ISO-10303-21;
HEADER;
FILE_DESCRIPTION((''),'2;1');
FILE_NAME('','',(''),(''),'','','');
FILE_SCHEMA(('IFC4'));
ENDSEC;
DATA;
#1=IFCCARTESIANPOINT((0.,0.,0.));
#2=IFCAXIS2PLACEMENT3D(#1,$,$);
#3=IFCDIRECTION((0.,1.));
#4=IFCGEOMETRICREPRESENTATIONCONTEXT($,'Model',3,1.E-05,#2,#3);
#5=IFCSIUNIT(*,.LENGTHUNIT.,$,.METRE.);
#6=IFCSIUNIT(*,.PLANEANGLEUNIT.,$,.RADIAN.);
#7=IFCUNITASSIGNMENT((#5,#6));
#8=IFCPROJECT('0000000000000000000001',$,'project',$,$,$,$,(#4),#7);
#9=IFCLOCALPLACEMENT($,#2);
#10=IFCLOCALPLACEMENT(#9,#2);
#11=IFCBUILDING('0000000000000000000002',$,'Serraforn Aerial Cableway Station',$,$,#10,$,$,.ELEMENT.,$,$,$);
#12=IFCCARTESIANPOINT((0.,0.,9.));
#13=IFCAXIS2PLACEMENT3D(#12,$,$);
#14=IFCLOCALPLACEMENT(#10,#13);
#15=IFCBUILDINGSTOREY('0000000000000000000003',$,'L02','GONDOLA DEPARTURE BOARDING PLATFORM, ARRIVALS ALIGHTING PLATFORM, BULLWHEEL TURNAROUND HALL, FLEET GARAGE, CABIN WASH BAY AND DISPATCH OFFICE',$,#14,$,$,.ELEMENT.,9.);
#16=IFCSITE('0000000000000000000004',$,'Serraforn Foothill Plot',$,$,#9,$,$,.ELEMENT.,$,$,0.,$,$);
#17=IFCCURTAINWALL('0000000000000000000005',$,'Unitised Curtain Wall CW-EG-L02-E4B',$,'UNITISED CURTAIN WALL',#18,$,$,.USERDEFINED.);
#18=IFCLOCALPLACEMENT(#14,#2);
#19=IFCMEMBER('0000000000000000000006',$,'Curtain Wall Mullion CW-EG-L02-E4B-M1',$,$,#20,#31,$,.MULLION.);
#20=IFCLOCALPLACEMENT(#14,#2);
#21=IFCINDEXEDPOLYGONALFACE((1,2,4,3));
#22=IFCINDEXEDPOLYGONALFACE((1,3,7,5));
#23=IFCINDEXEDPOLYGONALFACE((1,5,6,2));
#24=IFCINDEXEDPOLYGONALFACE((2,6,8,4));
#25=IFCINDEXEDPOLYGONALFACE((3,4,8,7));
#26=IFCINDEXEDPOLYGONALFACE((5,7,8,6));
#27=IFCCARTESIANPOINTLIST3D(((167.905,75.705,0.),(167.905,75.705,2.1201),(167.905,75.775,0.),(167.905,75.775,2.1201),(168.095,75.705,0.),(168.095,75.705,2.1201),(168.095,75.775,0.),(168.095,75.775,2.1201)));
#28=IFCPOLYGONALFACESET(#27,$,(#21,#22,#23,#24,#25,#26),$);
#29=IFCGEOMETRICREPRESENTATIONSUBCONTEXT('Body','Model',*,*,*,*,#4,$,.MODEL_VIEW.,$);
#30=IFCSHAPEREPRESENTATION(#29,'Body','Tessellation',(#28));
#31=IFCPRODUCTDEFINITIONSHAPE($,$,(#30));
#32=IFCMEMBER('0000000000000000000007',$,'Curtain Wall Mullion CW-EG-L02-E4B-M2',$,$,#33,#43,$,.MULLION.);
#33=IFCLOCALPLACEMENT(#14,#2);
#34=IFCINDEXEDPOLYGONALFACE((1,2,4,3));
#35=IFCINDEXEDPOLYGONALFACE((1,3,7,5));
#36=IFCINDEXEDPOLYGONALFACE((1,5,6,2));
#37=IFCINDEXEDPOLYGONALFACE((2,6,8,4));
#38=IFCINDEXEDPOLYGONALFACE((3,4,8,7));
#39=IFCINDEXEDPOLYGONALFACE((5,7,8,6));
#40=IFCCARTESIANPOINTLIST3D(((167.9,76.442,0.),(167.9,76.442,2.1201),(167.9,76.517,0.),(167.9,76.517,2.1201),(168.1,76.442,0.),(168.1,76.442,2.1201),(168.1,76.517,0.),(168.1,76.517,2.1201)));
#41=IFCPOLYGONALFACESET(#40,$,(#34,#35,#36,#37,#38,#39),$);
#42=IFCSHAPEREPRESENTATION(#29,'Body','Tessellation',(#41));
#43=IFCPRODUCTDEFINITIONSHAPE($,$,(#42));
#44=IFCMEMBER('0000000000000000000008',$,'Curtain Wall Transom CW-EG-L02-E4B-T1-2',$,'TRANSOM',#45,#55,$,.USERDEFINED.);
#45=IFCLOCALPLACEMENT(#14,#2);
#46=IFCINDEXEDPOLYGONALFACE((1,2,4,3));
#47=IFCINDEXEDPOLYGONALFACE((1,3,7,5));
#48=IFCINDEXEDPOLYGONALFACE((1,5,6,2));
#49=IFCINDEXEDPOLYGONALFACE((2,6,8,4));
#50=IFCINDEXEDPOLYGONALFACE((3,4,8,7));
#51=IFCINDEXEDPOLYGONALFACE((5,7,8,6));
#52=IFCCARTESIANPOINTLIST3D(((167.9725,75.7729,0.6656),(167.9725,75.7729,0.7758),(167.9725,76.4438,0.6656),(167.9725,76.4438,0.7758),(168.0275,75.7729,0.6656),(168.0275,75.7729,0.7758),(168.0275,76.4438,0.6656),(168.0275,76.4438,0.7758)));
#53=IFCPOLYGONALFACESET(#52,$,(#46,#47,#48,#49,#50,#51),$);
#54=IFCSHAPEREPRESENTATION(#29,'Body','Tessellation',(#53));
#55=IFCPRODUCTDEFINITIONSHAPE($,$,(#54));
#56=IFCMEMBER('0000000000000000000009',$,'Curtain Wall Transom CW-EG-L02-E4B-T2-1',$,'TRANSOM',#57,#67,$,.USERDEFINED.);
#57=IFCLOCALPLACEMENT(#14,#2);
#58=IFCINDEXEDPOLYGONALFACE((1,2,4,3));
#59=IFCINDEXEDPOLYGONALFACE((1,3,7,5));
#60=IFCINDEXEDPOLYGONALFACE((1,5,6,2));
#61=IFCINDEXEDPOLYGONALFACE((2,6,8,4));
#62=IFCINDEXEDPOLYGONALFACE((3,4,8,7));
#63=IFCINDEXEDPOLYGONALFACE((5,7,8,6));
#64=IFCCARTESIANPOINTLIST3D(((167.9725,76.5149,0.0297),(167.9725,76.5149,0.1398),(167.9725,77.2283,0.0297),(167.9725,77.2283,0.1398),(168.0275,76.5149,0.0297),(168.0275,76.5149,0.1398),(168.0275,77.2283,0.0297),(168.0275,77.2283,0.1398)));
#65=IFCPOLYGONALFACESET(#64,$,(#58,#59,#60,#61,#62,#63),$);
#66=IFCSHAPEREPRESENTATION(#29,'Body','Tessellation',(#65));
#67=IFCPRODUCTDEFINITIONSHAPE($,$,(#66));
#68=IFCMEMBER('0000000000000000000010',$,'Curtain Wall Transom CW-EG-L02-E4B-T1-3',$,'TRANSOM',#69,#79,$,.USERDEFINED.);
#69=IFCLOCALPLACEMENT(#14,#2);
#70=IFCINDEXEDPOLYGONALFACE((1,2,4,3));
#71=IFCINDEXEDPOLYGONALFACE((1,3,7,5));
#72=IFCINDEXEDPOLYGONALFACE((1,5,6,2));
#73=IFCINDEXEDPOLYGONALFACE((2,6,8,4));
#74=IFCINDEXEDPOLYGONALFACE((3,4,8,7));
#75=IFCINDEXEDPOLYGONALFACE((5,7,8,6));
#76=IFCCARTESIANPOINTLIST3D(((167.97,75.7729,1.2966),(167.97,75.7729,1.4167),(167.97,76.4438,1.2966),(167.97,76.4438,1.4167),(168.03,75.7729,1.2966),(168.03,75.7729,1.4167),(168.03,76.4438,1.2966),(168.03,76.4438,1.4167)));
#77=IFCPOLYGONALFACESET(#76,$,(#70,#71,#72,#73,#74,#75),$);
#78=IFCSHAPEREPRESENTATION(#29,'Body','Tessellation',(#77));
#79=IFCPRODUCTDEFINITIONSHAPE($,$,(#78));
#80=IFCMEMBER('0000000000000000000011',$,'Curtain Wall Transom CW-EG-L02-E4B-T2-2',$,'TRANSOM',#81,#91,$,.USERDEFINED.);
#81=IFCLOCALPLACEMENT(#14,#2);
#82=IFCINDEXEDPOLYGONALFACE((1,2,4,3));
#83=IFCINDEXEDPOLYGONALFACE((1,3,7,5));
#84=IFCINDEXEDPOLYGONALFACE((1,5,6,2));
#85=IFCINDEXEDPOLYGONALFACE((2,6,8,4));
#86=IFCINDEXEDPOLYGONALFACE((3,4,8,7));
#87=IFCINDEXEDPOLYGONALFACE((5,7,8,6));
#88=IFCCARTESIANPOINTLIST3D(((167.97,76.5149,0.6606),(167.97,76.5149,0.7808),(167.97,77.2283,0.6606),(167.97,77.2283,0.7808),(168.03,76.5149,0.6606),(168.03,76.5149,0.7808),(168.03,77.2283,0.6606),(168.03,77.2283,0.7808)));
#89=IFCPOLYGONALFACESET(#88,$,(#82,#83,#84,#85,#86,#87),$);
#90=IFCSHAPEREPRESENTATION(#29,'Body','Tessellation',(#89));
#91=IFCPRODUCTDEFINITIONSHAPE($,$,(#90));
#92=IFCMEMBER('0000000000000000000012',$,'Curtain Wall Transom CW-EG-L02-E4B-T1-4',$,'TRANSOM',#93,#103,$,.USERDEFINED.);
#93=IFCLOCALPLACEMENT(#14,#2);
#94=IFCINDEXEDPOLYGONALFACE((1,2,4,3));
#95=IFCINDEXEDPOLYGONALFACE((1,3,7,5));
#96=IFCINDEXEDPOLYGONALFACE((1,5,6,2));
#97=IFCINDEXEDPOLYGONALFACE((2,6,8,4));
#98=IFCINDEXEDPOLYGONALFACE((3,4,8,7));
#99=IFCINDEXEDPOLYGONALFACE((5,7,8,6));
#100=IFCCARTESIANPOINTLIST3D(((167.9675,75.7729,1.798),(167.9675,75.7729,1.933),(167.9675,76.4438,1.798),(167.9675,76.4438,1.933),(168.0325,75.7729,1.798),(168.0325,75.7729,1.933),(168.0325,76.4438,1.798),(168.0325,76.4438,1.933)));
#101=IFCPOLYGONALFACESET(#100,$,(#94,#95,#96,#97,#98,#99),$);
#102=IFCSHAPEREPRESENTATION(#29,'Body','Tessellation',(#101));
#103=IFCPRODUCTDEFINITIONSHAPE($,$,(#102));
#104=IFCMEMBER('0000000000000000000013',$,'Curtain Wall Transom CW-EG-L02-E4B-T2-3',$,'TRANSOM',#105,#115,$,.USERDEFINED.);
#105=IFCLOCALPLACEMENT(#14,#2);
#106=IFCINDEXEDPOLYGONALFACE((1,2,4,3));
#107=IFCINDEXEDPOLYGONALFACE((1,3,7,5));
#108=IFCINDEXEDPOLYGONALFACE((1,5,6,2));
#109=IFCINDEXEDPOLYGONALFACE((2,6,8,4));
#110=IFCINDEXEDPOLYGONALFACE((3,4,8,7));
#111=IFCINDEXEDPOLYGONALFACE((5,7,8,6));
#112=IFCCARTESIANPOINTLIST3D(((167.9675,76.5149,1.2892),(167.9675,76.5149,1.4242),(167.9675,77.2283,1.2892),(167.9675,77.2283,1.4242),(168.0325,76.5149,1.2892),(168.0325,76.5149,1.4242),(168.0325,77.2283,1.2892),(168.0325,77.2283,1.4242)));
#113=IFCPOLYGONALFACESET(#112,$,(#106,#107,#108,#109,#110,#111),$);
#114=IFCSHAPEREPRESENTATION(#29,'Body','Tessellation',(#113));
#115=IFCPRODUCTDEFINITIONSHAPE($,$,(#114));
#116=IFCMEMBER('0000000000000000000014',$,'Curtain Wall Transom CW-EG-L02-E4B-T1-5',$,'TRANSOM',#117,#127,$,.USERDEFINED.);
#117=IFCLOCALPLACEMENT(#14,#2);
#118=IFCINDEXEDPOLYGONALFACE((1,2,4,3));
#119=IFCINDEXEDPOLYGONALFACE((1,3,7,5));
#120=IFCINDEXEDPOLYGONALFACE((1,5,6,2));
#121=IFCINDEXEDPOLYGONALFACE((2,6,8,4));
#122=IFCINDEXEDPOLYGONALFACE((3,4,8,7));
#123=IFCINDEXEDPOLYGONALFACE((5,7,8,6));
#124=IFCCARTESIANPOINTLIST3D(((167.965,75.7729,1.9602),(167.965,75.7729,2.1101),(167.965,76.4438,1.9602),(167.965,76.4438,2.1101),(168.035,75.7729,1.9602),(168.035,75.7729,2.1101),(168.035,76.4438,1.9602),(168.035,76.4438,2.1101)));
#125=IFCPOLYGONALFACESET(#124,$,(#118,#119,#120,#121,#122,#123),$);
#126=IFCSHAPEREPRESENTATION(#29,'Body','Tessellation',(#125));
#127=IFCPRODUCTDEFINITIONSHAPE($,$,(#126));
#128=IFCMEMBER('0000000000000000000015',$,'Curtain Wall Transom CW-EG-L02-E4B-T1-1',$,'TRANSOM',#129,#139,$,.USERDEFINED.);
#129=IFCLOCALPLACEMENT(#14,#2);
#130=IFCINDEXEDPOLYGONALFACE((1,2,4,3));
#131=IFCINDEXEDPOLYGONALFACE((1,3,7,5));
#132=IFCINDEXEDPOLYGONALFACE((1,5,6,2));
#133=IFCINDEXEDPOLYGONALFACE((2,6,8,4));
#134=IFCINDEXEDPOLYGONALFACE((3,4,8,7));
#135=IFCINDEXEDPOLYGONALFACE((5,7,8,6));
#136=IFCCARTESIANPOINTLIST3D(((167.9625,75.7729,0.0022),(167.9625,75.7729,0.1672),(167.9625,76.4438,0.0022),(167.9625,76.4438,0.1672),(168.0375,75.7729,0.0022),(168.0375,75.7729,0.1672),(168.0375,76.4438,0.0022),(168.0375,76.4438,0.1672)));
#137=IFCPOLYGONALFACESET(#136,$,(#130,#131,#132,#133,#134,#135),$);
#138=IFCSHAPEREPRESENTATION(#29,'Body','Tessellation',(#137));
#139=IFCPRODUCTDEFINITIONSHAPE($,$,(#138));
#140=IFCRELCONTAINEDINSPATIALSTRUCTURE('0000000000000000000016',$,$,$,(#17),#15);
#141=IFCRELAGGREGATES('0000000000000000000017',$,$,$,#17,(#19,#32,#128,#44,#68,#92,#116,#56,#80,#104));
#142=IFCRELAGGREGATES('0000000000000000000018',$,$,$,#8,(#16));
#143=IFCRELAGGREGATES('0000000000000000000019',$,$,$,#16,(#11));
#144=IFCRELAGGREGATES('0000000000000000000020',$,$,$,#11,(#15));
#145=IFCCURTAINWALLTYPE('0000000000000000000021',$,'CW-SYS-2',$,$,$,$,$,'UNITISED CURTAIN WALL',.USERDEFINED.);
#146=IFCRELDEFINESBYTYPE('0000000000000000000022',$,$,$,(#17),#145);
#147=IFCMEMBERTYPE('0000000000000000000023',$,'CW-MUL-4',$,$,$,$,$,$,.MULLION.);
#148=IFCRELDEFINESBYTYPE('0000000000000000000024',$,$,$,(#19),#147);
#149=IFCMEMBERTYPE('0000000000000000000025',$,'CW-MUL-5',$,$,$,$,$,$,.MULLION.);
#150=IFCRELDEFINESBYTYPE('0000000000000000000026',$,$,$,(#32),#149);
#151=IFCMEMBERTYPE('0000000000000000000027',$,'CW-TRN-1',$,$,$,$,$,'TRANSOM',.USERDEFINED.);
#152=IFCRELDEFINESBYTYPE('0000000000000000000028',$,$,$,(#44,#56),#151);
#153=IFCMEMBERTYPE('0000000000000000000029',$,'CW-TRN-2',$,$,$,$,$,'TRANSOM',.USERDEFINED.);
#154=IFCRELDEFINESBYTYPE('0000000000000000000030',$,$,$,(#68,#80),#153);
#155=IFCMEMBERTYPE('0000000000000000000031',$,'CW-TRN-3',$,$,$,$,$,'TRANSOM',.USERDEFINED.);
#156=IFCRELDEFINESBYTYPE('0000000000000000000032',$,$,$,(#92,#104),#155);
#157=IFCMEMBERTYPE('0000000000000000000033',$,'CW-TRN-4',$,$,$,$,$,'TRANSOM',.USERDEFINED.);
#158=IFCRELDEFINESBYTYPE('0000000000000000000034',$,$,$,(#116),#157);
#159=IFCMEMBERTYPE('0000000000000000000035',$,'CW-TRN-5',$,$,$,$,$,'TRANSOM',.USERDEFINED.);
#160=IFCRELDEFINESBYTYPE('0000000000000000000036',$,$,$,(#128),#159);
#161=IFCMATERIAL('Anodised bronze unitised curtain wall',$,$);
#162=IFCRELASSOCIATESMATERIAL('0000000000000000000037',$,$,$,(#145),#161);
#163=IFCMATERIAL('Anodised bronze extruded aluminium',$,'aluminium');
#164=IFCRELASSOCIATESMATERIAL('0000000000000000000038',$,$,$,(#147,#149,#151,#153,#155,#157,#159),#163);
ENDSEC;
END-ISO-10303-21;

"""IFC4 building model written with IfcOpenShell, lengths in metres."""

from ifc_helpers import new_model, si_unit, direction, frame, origin, origin_2d, place, context, subcontext, project, spatial, rectangle, extrude, material, material_profile, profile_set, type_object, element, aggregate, save


model = new_model("IFC4")

# Units and contexts
model_context = context("Model", 3, precision=1e-05, world=origin(), true_north=direction((0.0, 1.0)))
body_context = subcontext(model_context, "Body", "Model", "MODEL_VIEW")
ifc_project = project(units=[si_unit("LENGTHUNIT", "METRE"), si_unit("PLANEANGLEUNIT", "RADIAN")], contexts=[model_context])

# Site, building, storey
site_placement = place(None, origin())
site = spatial("IfcSite", under=ifc_project, at=site_placement, Name="Serraforn Foothill Plot", CompositionType="ELEMENT", RefElevation=0.0)
building_placement = place(site_placement, origin())
building = spatial("IfcBuilding", under=site, at=building_placement, Name="Serraforn Aerial Cableway Station", CompositionType="ELEMENT")
storey_placement = place(building_placement, frame((0.0, 0.0, 9.0)))
storey = spatial("IfcBuildingStorey", under=building, at=storey_placement, Name="L02", Description="GONDOLA DEPARTURE BOARDING PLATFORM, ARRIVALS ALIGHTING PLATFORM, BULLWHEEL TURNAROUND HALL, FLEET GARAGE, CABIN WASH BAY AND DISPATCH OFFICE", CompositionType="ELEMENT", Elevation=9.0)

# Curtain wall, members
ifc_material_1 = material(Name="Anodised bronze unitised curtain wall")
curtain_wall_type = type_object("IfcCurtainWallType", Name="CW-SYS-2", ElementType="UNITISED CURTAIN WALL", PredefinedType="USERDEFINED", material=ifc_material_1)
curtain_wall_placement = place(storey_placement, origin())
curtain_wall = element("IfcCurtainWall", 1, at=curtain_wall_placement, inside=storey, type_object=curtain_wall_type, Name="Unitised Curtain Wall CW-EG-L02-E4B", ObjectType="UNITISED CURTAIN WALL", PredefinedType="USERDEFINED")
ifc_material_2 = material(Name="Anodised bronze extruded aluminium", Category="aluminium")
ifc_material_profile_1 = material_profile(ifc_material_2, rectangle(XDim=0.0701, YDim=0.1899, at=origin_2d()), Name="CW MULLION 70x190")
ifc_profile_set_1 = profile_set([ifc_material_profile_1], Name="Anodised bronze extruded aluminium")
member_type_1 = type_object("IfcMemberType", Name="CW-MUL-4", PredefinedType="MULLION", material=ifc_profile_set_1)
member_1_placement = place(storey_placement, frame((168.0, 75.74, 0.0), z_axis=(0.0, 0.0, 1.0), x_axis=(0.0, 1.0, 0.0)))
member_1 = element("IfcMember", 2, at=member_1_placement, type_object=member_type_1, Name="Curtain Wall Mullion CW-EG-L02-E4B-M1", PredefinedType="MULLION", context=body_context, shape_type="SweptSolid", body=[
    extrude(rectangle(XDim=0.0701, YDim=0.1899, at=origin_2d()), origin(), (0.0, 0.0, 1.0), 2.1201),
])
ifc_material_profile_2 = material_profile(ifc_material_2, rectangle(XDim=0.075, YDim=0.2, at=origin_2d()), Name="CW MULLION 75x200")
ifc_profile_set_2 = profile_set([ifc_material_profile_2], Name="Anodised bronze extruded aluminium")
member_type_2 = type_object("IfcMemberType", Name="CW-MUL-5", PredefinedType="MULLION", material=ifc_profile_set_2)
member_2_placement = place(storey_placement, frame((168.0, 76.4795, 0.0), z_axis=(0.0, 0.0, 1.0), x_axis=(0.0, 1.0, 0.0)))
member_2 = element("IfcMember", 3, at=member_2_placement, type_object=member_type_2, Name="Curtain Wall Mullion CW-EG-L02-E4B-M2", PredefinedType="MULLION", context=body_context, shape_type="SweptSolid", body=[
    extrude(rectangle(XDim=0.075, YDim=0.2, at=origin_2d()), origin(), (0.0, 0.0, 1.0), 2.1201),
])
ifc_material_profile_3 = material_profile(ifc_material_2, rectangle(XDim=0.0549, YDim=0.1101, at=origin_2d()), Name="CW TRANSOM 55x110")
ifc_profile_set_3 = profile_set([ifc_material_profile_3], Name="Anodised bronze extruded aluminium")
member_type_3 = type_object("IfcMemberType", Name="CW-TRN-1", ElementType="TRANSOM", PredefinedType="USERDEFINED", material=ifc_profile_set_3)
member_3_placement = place(storey_placement, frame((168.0, 75.7729, 0.7207), z_axis=(0.0, 1.0, 0.0), x_axis=(-1.0, 0.0, 0.0)))
member_3 = element("IfcMember", 4, at=member_3_placement, type_object=member_type_3, Name="Curtain Wall Transom CW-EG-L02-E4B-T1-2", ObjectType="TRANSOM", PredefinedType="USERDEFINED", context=body_context, shape_type="SweptSolid", body=[
    extrude(rectangle(XDim=0.0549, YDim=0.1101, at=origin_2d()), origin(), (0.0, 0.0, 1.0), 0.6709),
])
member_4_placement = place(storey_placement, frame((168.0, 76.5149, 0.0847), z_axis=(0.0, 1.0, 0.0), x_axis=(-1.0, 0.0, 0.0)))
member_4 = element("IfcMember", 5, at=member_4_placement, type_object=member_type_3, Name="Curtain Wall Transom CW-EG-L02-E4B-T2-1", ObjectType="TRANSOM", PredefinedType="USERDEFINED", context=body_context, shape_type="SweptSolid", body=[
    extrude(rectangle(XDim=0.0549, YDim=0.1101, at=origin_2d()), origin(), (0.0, 0.0, 1.0), 0.7134),
])
ifc_material_profile_4 = material_profile(ifc_material_2, rectangle(XDim=0.0601, YDim=0.1201, at=origin_2d()), Name="CW TRANSOM 60x120")
ifc_profile_set_4 = profile_set([ifc_material_profile_4], Name="Anodised bronze extruded aluminium")
member_type_4 = type_object("IfcMemberType", Name="CW-TRN-2", ElementType="TRANSOM", PredefinedType="USERDEFINED", material=ifc_profile_set_4)
member_5_placement = place(storey_placement, frame((168.0, 75.7729, 1.3567), z_axis=(0.0, 1.0, 0.0), x_axis=(-1.0, 0.0, 0.0)))
member_5 = element("IfcMember", 6, at=member_5_placement, type_object=member_type_4, Name="Curtain Wall Transom CW-EG-L02-E4B-T1-3", ObjectType="TRANSOM", PredefinedType="USERDEFINED", context=body_context, shape_type="SweptSolid", body=[
    extrude(rectangle(XDim=0.0601, YDim=0.1201, at=origin_2d()), origin(), (0.0, 0.0, 1.0), 0.6709),
])
member_6_placement = place(storey_placement, frame((168.0, 76.5149, 0.7207), z_axis=(0.0, 1.0, 0.0), x_axis=(-1.0, 0.0, 0.0)))
member_6 = element("IfcMember", 7, at=member_6_placement, type_object=member_type_4, Name="Curtain Wall Transom CW-EG-L02-E4B-T2-2", ObjectType="TRANSOM", PredefinedType="USERDEFINED", context=body_context, shape_type="SweptSolid", body=[
    extrude(rectangle(XDim=0.0601, YDim=0.1201, at=origin_2d()), origin(), (0.0, 0.0, 1.0), 0.7134),
])
ifc_material_profile_5 = material_profile(ifc_material_2, rectangle(XDim=0.0649, YDim=0.135, at=origin_2d()), Name="CW TRANSOM 65x135")
ifc_profile_set_5 = profile_set([ifc_material_profile_5], Name="Anodised bronze extruded aluminium")
member_type_5 = type_object("IfcMemberType", Name="CW-TRN-3", ElementType="TRANSOM", PredefinedType="USERDEFINED", material=ifc_profile_set_5)
member_7_placement = place(storey_placement, frame((168.0, 75.7729, 1.8655), z_axis=(0.0, 1.0, 0.0), x_axis=(-1.0, 0.0, 0.0)))
member_7 = element("IfcMember", 8, at=member_7_placement, type_object=member_type_5, Name="Curtain Wall Transom CW-EG-L02-E4B-T1-4", ObjectType="TRANSOM", PredefinedType="USERDEFINED", context=body_context, shape_type="SweptSolid", body=[
    extrude(rectangle(XDim=0.0649, YDim=0.135, at=origin_2d()), origin(), (0.0, 0.0, 1.0), 0.6709),
])
member_8_placement = place(storey_placement, frame((168.0, 76.5149, 1.3567), z_axis=(0.0, 1.0, 0.0), x_axis=(-1.0, 0.0, 0.0)))
member_8 = element("IfcMember", 9, at=member_8_placement, type_object=member_type_5, Name="Curtain Wall Transom CW-EG-L02-E4B-T2-3", ObjectType="TRANSOM", PredefinedType="USERDEFINED", context=body_context, shape_type="SweptSolid", body=[
    extrude(rectangle(XDim=0.0649, YDim=0.135, at=origin_2d()), origin(), (0.0, 0.0, 1.0), 0.7134),
])
ifc_material_profile_6 = material_profile(ifc_material_2, rectangle(XDim=0.0701, YDim=0.1499, at=origin_2d()), Name="CW TRANSOM 70x150")
ifc_profile_set_6 = profile_set([ifc_material_profile_6], Name="Anodised bronze extruded aluminium")
member_type_6 = type_object("IfcMemberType", Name="CW-TRN-4", ElementType="TRANSOM", PredefinedType="USERDEFINED", material=ifc_profile_set_6)
member_9_placement = place(storey_placement, frame((168.0, 75.7729, 2.0352), z_axis=(0.0, 1.0, 0.0), x_axis=(-1.0, 0.0, 0.0)))
member_9 = element("IfcMember", 10, at=member_9_placement, type_object=member_type_6, Name="Curtain Wall Transom CW-EG-L02-E4B-T1-5", ObjectType="TRANSOM", PredefinedType="USERDEFINED", context=body_context, shape_type="SweptSolid", body=[
    extrude(rectangle(XDim=0.0701, YDim=0.1499, at=origin_2d()), origin(), (0.0, 0.0, 1.0), 0.6709),
])
ifc_material_profile_7 = material_profile(ifc_material_2, rectangle(XDim=0.075, YDim=0.165, at=origin_2d()), Name="CW TRANSOM 75x165")
ifc_profile_set_7 = profile_set([ifc_material_profile_7], Name="Anodised bronze extruded aluminium")
member_type_7 = type_object("IfcMemberType", Name="CW-TRN-5", ElementType="TRANSOM", PredefinedType="USERDEFINED", material=ifc_profile_set_7)
member_10_placement = place(storey_placement, frame((168.0, 75.7729, 0.0847), z_axis=(0.0, 1.0, 0.0), x_axis=(-1.0, 0.0, 0.0)))
member_10 = element("IfcMember", 11, at=member_10_placement, type_object=member_type_7, Name="Curtain Wall Transom CW-EG-L02-E4B-T1-1", ObjectType="TRANSOM", PredefinedType="USERDEFINED", context=body_context, shape_type="SweptSolid", body=[
    extrude(rectangle(XDim=0.075, YDim=0.165, at=origin_2d()), origin(), (0.0, 0.0, 1.0), 0.6709),
])

aggregate(curtain_wall, [member_1, member_2, member_10, member_3, member_5, member_7, member_9, member_4, member_6, member_8])

save(model, "model.ifc")
